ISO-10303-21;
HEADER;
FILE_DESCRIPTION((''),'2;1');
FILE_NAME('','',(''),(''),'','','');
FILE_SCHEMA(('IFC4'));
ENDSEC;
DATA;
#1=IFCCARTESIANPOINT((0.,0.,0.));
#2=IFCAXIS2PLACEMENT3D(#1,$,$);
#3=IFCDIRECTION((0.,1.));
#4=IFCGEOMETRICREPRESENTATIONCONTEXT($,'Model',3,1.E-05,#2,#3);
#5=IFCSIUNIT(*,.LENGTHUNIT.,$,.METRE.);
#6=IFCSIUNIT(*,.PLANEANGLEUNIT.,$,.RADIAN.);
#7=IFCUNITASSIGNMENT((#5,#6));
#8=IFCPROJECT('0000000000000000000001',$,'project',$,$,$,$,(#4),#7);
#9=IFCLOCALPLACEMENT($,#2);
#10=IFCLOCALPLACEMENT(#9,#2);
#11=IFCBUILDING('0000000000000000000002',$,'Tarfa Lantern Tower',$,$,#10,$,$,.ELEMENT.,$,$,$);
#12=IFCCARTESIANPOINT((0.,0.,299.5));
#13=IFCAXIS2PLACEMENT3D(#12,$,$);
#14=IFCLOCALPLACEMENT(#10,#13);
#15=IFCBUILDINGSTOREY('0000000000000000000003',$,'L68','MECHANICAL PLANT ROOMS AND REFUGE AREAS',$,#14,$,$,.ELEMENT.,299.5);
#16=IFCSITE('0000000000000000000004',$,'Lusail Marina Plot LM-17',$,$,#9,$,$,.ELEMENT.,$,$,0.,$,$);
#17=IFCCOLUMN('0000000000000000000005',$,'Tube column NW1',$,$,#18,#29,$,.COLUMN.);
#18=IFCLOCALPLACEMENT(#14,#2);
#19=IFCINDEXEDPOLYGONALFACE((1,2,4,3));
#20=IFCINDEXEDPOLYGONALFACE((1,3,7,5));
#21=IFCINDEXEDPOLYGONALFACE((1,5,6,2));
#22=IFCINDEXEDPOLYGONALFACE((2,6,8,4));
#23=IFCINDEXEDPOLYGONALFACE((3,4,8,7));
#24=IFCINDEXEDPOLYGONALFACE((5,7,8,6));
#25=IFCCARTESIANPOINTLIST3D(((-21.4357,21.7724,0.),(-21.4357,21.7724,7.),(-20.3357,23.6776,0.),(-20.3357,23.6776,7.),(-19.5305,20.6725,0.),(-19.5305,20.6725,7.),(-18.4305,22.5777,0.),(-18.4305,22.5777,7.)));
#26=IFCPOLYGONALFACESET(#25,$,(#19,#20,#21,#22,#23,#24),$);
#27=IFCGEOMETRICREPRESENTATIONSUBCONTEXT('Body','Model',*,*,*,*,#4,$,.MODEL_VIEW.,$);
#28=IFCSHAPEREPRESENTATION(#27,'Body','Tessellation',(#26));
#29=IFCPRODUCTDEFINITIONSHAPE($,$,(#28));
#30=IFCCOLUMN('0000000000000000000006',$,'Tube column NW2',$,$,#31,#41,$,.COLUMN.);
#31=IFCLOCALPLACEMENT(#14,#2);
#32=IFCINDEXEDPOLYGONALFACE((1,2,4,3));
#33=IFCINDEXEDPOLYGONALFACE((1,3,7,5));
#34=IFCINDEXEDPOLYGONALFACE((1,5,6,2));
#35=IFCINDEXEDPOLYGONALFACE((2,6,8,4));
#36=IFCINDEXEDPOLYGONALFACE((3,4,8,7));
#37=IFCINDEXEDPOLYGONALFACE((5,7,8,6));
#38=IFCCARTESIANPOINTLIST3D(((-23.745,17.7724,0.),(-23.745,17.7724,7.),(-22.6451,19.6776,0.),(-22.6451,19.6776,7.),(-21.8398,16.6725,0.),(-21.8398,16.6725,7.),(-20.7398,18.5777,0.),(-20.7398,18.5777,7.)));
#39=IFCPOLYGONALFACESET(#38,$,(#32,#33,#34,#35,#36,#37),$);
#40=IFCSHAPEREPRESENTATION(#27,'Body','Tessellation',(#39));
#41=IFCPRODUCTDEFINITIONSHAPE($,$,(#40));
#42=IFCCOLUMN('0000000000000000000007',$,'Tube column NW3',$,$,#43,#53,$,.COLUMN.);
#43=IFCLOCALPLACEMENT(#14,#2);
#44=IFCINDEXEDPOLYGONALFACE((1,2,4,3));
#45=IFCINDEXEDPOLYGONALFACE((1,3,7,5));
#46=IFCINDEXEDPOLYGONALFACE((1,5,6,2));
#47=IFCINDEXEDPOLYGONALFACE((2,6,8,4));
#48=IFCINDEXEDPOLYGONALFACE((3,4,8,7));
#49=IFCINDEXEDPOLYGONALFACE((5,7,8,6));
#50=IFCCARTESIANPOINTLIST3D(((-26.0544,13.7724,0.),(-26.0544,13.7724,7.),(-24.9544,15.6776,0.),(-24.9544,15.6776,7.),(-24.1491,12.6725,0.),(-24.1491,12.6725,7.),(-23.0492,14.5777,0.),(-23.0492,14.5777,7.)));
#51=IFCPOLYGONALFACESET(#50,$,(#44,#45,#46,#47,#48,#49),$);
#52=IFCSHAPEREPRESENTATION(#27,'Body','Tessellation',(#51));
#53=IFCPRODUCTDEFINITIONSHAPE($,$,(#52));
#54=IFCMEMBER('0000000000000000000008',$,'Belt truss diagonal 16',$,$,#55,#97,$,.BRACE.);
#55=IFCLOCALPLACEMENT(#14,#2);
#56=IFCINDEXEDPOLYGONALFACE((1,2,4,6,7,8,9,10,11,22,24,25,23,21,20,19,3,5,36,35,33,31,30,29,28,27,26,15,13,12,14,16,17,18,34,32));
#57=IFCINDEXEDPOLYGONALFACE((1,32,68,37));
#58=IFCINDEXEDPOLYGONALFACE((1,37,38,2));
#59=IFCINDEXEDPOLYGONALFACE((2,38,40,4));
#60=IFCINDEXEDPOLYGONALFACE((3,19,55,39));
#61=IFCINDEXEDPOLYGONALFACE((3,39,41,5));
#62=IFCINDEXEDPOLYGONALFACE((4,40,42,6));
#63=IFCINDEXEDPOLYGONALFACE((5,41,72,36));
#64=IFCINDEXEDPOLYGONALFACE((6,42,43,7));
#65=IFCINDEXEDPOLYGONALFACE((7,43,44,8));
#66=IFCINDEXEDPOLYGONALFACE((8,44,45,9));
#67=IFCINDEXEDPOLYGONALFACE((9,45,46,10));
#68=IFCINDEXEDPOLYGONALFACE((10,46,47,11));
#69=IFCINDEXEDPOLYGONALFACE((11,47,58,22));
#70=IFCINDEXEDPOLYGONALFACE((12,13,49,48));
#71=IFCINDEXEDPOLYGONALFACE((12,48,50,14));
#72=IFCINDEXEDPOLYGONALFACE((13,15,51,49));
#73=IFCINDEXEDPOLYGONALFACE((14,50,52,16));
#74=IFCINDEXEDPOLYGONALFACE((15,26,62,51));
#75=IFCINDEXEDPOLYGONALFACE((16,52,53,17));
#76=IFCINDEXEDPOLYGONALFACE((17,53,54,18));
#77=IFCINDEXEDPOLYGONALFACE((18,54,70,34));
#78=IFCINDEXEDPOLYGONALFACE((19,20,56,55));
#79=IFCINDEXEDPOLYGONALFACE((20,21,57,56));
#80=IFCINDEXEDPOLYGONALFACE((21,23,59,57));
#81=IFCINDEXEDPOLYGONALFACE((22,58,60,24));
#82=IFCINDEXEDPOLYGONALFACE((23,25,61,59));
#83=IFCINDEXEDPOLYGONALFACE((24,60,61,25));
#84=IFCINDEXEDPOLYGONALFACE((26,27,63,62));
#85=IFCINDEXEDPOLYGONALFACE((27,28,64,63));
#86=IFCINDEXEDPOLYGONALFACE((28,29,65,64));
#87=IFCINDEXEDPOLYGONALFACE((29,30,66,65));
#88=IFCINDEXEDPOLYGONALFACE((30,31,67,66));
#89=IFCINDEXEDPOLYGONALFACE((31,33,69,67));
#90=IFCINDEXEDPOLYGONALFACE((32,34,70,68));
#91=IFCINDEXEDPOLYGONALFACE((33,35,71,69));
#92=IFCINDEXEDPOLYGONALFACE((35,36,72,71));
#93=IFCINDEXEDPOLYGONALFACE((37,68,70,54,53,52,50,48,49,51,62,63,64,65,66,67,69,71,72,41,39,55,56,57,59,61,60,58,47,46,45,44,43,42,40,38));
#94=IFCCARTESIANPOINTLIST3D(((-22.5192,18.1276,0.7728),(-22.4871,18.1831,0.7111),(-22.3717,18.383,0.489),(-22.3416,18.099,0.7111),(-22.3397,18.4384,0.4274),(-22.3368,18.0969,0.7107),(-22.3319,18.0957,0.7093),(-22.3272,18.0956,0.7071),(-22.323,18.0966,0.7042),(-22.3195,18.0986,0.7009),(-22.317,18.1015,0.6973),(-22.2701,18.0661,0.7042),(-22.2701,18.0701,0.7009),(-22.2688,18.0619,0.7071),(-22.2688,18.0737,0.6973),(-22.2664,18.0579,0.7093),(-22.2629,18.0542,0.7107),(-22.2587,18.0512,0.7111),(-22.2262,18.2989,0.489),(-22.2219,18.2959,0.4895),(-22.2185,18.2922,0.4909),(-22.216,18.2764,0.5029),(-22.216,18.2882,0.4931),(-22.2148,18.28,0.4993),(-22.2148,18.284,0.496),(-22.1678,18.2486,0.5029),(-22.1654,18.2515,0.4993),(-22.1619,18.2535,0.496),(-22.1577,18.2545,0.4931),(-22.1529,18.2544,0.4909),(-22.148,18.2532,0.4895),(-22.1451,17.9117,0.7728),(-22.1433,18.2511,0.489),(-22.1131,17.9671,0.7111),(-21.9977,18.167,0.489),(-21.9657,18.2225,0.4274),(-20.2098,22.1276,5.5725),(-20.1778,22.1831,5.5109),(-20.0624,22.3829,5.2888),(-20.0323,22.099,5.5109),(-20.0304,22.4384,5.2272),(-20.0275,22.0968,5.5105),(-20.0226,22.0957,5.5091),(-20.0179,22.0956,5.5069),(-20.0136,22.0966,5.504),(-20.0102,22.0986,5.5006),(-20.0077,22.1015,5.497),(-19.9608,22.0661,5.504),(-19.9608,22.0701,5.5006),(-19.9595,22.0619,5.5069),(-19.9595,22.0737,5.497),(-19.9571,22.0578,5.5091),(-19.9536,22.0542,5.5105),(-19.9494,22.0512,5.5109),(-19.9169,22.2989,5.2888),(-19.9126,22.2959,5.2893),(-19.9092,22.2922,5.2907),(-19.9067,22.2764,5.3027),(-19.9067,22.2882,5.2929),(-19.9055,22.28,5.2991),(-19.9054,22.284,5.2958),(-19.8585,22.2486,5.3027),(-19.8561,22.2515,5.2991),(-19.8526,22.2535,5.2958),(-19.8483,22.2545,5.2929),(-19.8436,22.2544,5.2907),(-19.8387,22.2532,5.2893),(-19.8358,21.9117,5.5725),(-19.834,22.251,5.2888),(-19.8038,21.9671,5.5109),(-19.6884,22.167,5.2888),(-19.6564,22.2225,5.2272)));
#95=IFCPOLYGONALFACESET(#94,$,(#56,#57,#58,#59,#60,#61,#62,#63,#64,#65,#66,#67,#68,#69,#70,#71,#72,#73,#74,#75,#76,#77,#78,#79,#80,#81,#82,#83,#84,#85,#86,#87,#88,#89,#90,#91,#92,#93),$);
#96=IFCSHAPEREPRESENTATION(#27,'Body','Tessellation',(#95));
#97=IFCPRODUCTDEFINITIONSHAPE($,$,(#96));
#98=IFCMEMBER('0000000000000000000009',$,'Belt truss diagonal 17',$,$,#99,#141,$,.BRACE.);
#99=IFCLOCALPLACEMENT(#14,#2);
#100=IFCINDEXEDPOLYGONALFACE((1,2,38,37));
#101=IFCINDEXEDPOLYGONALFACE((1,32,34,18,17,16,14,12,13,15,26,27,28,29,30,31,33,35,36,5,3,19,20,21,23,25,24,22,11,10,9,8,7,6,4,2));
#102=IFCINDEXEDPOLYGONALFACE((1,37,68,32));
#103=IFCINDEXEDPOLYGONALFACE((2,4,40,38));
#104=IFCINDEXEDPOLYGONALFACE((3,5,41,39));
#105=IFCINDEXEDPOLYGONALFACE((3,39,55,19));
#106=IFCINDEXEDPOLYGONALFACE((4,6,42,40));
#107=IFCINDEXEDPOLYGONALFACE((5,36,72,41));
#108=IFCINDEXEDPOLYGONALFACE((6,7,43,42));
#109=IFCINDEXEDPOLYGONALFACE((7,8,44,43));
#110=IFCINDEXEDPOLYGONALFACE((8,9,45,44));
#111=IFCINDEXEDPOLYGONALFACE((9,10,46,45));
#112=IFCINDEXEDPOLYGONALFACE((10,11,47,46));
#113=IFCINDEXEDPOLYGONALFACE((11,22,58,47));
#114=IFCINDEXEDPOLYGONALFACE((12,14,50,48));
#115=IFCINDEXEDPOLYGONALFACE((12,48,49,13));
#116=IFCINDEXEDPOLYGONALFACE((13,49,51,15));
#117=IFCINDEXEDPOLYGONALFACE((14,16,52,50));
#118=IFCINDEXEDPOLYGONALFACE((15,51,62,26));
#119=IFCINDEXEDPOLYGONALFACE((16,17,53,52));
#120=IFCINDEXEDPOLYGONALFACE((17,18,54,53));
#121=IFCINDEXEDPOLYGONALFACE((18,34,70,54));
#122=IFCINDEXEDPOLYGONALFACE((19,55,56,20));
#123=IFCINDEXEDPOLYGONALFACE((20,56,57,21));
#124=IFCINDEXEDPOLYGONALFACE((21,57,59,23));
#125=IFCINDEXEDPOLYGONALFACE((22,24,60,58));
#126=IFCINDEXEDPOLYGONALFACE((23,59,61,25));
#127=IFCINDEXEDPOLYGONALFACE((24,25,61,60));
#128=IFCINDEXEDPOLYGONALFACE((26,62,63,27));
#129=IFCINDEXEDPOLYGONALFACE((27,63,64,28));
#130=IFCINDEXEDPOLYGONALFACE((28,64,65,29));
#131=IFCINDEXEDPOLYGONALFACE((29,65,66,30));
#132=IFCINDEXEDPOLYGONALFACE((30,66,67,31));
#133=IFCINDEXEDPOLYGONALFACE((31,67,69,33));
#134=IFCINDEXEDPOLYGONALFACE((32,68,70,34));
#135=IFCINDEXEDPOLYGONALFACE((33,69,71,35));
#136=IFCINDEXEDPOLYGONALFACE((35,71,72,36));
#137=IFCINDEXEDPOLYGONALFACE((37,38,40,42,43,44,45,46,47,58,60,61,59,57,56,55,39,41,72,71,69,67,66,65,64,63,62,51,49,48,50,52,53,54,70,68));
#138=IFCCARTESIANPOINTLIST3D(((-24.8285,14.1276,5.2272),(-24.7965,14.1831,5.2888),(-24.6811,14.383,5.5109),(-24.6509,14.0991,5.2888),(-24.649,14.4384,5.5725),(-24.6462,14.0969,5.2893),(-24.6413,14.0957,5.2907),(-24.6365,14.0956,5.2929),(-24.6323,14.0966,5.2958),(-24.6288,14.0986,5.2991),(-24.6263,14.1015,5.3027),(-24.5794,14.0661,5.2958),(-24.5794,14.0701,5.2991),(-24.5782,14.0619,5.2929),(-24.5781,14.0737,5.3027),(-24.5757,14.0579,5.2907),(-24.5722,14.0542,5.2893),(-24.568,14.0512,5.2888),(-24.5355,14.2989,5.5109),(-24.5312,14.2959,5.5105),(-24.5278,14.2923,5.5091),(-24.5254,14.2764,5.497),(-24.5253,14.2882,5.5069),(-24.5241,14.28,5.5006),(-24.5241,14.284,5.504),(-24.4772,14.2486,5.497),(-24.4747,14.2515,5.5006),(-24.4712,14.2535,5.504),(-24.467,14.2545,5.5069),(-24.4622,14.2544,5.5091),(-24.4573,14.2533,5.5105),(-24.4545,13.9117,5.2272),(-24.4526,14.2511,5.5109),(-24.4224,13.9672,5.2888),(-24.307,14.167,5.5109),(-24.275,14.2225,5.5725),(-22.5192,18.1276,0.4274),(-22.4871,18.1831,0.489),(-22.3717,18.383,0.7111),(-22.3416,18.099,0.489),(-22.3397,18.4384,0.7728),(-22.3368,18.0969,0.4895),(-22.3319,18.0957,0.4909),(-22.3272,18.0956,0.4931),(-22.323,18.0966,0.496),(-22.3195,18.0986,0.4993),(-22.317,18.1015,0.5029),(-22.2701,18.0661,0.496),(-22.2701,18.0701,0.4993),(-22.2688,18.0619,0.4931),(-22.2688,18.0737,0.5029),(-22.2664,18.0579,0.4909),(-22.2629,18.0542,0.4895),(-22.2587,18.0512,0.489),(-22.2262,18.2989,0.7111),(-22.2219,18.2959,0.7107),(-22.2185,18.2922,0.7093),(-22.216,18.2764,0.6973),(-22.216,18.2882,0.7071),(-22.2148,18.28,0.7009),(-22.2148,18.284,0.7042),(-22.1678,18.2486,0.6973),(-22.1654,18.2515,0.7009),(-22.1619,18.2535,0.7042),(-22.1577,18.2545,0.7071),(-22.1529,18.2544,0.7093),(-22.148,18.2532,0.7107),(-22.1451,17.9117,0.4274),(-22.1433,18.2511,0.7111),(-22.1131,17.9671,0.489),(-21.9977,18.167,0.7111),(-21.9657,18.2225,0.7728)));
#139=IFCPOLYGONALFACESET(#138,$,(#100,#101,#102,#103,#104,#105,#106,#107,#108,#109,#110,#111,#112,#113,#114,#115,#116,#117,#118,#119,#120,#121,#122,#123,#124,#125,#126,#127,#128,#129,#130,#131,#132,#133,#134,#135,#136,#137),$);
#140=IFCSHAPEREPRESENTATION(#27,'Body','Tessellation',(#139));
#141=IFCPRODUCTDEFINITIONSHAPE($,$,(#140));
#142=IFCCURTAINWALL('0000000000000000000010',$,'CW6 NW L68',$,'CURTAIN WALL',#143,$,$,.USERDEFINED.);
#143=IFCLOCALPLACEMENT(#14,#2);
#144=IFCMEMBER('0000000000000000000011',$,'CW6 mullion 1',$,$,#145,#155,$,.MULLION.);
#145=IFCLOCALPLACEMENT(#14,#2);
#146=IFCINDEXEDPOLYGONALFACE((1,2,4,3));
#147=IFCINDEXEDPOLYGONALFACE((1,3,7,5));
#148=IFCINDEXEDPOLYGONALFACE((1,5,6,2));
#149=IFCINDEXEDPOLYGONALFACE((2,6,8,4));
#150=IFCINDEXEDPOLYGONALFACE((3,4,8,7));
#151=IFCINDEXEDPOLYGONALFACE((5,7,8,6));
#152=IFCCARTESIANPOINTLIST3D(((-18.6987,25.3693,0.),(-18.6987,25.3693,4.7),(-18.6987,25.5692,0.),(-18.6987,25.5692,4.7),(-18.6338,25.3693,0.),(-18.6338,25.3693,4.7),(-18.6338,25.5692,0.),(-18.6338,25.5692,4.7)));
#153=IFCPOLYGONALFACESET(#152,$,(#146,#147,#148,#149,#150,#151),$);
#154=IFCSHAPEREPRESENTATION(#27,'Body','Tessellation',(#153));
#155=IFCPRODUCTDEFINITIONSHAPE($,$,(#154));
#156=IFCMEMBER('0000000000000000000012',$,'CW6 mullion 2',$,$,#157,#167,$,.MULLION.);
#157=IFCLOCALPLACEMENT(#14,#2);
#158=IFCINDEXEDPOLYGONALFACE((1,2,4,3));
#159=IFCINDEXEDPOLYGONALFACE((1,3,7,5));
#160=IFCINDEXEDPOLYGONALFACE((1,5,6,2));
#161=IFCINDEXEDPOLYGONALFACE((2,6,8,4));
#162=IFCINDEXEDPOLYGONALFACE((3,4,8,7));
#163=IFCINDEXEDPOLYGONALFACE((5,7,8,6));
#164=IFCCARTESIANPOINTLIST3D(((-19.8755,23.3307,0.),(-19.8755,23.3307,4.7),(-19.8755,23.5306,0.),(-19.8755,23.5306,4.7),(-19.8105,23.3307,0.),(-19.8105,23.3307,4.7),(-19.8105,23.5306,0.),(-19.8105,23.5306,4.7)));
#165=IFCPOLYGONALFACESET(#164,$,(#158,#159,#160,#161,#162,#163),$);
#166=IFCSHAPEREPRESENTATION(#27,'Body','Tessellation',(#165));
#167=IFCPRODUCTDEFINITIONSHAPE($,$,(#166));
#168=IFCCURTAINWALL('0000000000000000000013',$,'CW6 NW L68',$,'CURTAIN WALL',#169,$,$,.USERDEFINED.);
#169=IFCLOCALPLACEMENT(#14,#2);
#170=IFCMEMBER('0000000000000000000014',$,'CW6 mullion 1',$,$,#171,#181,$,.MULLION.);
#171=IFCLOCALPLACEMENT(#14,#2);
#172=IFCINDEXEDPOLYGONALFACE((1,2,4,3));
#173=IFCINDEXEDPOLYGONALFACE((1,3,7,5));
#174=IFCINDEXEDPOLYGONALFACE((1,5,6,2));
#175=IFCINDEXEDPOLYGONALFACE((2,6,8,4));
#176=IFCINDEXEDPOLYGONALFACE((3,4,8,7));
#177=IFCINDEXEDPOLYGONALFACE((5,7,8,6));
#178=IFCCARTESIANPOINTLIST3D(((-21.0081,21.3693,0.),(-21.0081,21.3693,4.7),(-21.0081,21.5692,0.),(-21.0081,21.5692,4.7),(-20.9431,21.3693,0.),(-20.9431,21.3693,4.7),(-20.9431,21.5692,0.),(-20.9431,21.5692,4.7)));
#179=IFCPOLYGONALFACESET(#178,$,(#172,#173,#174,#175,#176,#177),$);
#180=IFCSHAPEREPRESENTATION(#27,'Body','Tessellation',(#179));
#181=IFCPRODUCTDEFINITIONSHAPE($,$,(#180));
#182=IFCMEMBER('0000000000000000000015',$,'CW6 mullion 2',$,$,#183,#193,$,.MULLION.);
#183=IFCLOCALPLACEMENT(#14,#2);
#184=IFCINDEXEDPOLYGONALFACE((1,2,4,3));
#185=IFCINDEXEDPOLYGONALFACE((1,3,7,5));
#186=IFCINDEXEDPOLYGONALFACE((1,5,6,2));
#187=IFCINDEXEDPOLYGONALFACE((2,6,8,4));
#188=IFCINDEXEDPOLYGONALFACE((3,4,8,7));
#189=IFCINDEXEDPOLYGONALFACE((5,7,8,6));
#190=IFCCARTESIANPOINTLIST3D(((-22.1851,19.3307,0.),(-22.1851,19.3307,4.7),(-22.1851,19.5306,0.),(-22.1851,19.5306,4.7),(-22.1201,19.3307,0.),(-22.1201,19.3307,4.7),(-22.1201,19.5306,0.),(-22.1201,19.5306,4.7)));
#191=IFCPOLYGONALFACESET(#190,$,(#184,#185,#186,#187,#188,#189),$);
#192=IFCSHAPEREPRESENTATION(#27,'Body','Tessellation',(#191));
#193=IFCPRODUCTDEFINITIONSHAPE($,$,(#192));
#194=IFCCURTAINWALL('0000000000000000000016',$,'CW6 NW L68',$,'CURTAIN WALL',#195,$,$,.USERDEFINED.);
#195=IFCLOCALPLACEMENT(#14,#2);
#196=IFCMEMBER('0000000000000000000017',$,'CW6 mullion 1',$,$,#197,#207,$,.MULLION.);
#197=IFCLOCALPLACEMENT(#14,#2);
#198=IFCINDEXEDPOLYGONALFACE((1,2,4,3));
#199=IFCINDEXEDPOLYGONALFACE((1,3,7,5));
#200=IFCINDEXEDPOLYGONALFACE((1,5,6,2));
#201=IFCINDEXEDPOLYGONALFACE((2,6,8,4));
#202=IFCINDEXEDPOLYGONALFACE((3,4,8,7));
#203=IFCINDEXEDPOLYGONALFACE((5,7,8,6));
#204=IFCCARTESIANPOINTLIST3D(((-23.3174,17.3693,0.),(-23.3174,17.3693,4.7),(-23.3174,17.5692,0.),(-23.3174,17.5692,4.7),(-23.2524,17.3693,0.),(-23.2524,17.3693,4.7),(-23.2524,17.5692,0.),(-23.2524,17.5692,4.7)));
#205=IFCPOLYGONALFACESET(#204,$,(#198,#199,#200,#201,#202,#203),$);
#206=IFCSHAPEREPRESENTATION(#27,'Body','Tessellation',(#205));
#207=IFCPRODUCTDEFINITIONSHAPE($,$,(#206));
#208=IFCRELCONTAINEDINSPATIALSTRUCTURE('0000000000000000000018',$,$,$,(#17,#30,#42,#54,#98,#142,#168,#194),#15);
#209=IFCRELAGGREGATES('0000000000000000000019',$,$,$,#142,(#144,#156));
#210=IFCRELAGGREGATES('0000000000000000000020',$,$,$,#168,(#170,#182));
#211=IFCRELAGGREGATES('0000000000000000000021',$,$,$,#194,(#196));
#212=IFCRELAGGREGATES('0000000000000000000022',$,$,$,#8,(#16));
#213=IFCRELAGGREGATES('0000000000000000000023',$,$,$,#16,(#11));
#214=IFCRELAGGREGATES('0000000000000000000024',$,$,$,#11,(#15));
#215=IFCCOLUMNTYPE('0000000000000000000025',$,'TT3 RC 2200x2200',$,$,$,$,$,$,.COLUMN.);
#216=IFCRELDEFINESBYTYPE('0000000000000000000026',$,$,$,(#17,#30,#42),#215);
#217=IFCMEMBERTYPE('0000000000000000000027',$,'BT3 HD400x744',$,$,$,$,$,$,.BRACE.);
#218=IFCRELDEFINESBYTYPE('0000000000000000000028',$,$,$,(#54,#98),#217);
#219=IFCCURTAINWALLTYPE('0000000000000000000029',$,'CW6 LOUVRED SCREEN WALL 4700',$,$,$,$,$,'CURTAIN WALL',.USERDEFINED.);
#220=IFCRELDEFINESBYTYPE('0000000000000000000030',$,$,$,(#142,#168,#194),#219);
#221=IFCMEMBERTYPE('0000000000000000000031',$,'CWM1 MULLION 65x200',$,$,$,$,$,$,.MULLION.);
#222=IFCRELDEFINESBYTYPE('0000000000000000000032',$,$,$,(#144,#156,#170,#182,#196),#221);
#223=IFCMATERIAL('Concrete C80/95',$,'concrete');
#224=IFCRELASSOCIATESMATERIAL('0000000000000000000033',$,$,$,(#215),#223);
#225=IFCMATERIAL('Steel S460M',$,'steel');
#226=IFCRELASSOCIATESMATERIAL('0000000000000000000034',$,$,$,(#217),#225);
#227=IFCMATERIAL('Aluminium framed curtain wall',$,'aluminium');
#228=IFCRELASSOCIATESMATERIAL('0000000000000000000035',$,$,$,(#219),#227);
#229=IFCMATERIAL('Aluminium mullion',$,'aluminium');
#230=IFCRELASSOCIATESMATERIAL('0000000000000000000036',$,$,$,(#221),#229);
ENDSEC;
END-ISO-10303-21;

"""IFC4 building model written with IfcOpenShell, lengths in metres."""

from ifc_helpers import new_model, si_unit, direction, frame, origin, origin_2d, place, context, subcontext, project, spatial, rectangle, i_section, extrude, material, material_profile, profile_set, type_object, element, aggregate, save


model = new_model("IFC4")

# Units and contexts
model_context = context("Model", 3, precision=1e-05, world=origin(), true_north=direction((0.0, 1.0)))
body_context = subcontext(model_context, "Body", "Model", "MODEL_VIEW")
ifc_project = project(units=[si_unit("LENGTHUNIT", "METRE"), si_unit("PLANEANGLEUNIT", "RADIAN")], contexts=[model_context])

# Site, building, storey
site_placement = place(None, origin())
site = spatial("IfcSite", under=ifc_project, at=site_placement, Name="Lusail Marina Plot LM-17", CompositionType="ELEMENT", RefElevation=0.0)
building_placement = place(site_placement, origin())
building = spatial("IfcBuilding", under=site, at=building_placement, Name="Tarfa Lantern Tower", CompositionType="ELEMENT")
storey_placement = place(building_placement, frame((0.0, 0.0, 299.5)))
storey = spatial("IfcBuildingStorey", under=building, at=storey_placement, Name="L68", Description="MECHANICAL PLANT ROOMS AND REFUGE AREAS", CompositionType="ELEMENT", Elevation=299.5)

# Columns
ifc_material_1 = material(Name="Concrete C80/95", Category="concrete")
ifc_material_profile_1 = material_profile(ifc_material_1, rectangle(XDim=2.2, YDim=2.2, at=origin_2d()), Name="RC 2200x2200")
ifc_profile_set_1 = profile_set([ifc_material_profile_1], Name="Concrete C80/95")
column_type = type_object("IfcColumnType", Name="TT3 RC 2200x2200", PredefinedType="COLUMN", material=ifc_profile_set_1)
for number, where, z_axis, x_axis, name in (
    (1, (-19.9331, 22.175, 0.0), (0.0, 0.0, 1.0), (-0.5, -0.866025, 0.0), "Tube column NW1"),
    (2, (-22.2424, 18.175, 0.0), (0.0, 0.0, 1.0), (-0.5, -0.866025, 0.0), "Tube column NW2"),
    (3, (-24.5518, 14.175, 0.0), (0.0, 0.0, 1.0), (-0.5, -0.866025, 0.0), "Tube column NW3"),
):
    element("IfcColumn", number, at=place(storey_placement, frame(where, z_axis=z_axis, x_axis=x_axis)), inside=storey, type_object=column_type, Name=name, PredefinedType="COLUMN", context=body_context, shape_type="SweptSolid", body=[
        extrude(rectangle(XDim=2.2, YDim=2.2, at=origin_2d()), origin(), (0.0, 0.0, 1.0), 7.0),
    ])

# Members
ifc_material_2 = material(Name="Steel S460M", Category="steel")
ifc_material_profile_2 = material_profile(ifc_material_2, i_section(OverallWidth=0.4319, OverallDepth=0.498, WebThickness=0.0557, FlangeThickness=0.0889, FilletRadius=0.02, at=origin_2d()), Name="HD400x744")
ifc_profile_set_2 = profile_set([ifc_material_profile_2], Name="Steel S460M")
member_type_1 = type_object("IfcMemberType", Name="BT3 HD400x744", PredefinedType="BRACE", material=ifc_profile_set_2)
for number, where, z_axis, x_axis, name in (
    (4, (-22.2424, 18.175, 0.6001), (0.346685, 0.600496, 0.720565), (-0.866032, 0.499988, 0.0), "Belt truss diagonal 16"),
    (5, (-22.2424, 18.175, 0.6001), (-0.346685, -0.600496, 0.720565), (0.866032, -0.499988, 0.0), "Belt truss diagonal 17"),
):
    element("IfcMember", number, at=place(storey_placement, frame(where, z_axis=z_axis, x_axis=x_axis)), inside=storey, type_object=member_type_1, Name=name, PredefinedType="BRACE", context=body_context, shape_type="SweptSolid", body=[
        extrude(i_section(OverallWidth=0.4319, OverallDepth=0.498, WebThickness=0.0557, FlangeThickness=0.0889, FilletRadius=0.02, at=origin_2d()), origin(), (0.0, 0.0, 1.0), 6.6611),
    ])

# Curtain walls, members
ifc_material_3 = material(Name="Aluminium framed curtain wall", Category="aluminium")
curtain_wall_type = type_object("IfcCurtainWallType", Name="CW6 LOUVRED SCREEN WALL 4700", ElementType="CURTAIN WALL", PredefinedType="USERDEFINED", material=ifc_material_3)
curtain_wall_1_placement = place(storey_placement, origin())
curtain_wall_1 = element("IfcCurtainWall", 6, at=curtain_wall_1_placement, inside=storey, type_object=curtain_wall_type, Name="CW6 NW L68", ObjectType="CURTAIN WALL", PredefinedType="USERDEFINED")
ifc_material_4 = material(Name="Aluminium mullion", Category="aluminium")
ifc_material_profile_3 = material_profile(ifc_material_4, rectangle(XDim=0.0649, YDim=0.2, at=origin_2d()), Name="AL MULLION 65x200")
ifc_profile_set_3 = profile_set([ifc_material_profile_3], Name="Aluminium mullion")
member_type_2 = type_object("IfcMemberType", Name="CWM1 MULLION 65x200", PredefinedType="MULLION", material=ifc_profile_set_3)
member_1_placement = place(storey_placement, frame((-18.6663, 25.4692, 0.0), z_axis=(0.0, 0.0, 1.0), x_axis=(1.0, 0.0, 0.0)))
member_1 = element("IfcMember", 7, at=member_1_placement, type_object=member_type_2, Name="CW6 mullion 1", PredefinedType="MULLION", context=body_context, shape_type="SweptSolid", body=[
    extrude(rectangle(XDim=0.0649, YDim=0.2, at=origin_2d()), origin(), (0.0, 0.0, 1.0), 4.7),
])
member_2_placement = place(storey_placement, frame((-19.843, 23.4307, 0.0), z_axis=(0.0, 0.0, 1.0), x_axis=(1.0, 0.0, 0.0)))
member_2 = element("IfcMember", 8, at=member_2_placement, type_object=member_type_2, Name="CW6 mullion 2", PredefinedType="MULLION", context=body_context, shape_type="SweptSolid", body=[
    extrude(rectangle(XDim=0.0649, YDim=0.2, at=origin_2d()), origin(), (0.0, 0.0, 1.0), 4.7),
])
curtain_wall_2_placement = place(storey_placement, origin())
curtain_wall_2 = element("IfcCurtainWall", 9, at=curtain_wall_2_placement, inside=storey, type_object=curtain_wall_type, Name="CW6 NW L68", ObjectType="CURTAIN WALL", PredefinedType="USERDEFINED")
member_3_placement = place(storey_placement, frame((-20.9756, 21.4692, 0.0), z_axis=(0.0, 0.0, 1.0), x_axis=(1.0, 0.0, 0.0)))
member_3 = element("IfcMember", 10, at=member_3_placement, type_object=member_type_2, Name="CW6 mullion 1", PredefinedType="MULLION", context=body_context, shape_type="SweptSolid", body=[
    extrude(rectangle(XDim=0.0649, YDim=0.2, at=origin_2d()), origin(), (0.0, 0.0, 1.0), 4.7),
])
member_4_placement = place(storey_placement, frame((-22.1526, 19.4307, 0.0), z_axis=(0.0, 0.0, 1.0), x_axis=(1.0, 0.0, 0.0)))
member_4 = element("IfcMember", 11, at=member_4_placement, type_object=member_type_2, Name="CW6 mullion 2", PredefinedType="MULLION", context=body_context, shape_type="SweptSolid", body=[
    extrude(rectangle(XDim=0.0649, YDim=0.2, at=origin_2d()), origin(), (0.0, 0.0, 1.0), 4.7),
])
curtain_wall_3_placement = place(storey_placement, origin())
curtain_wall_3 = element("IfcCurtainWall", 12, at=curtain_wall_3_placement, inside=storey, type_object=curtain_wall_type, Name="CW6 NW L68", ObjectType="CURTAIN WALL", PredefinedType="USERDEFINED")
member_5_placement = place(storey_placement, frame((-23.2849, 17.4692, 0.0), z_axis=(0.0, 0.0, 1.0), x_axis=(1.0, 0.0, 0.0)))
member_5 = element("IfcMember", 13, at=member_5_placement, type_object=member_type_2, Name="CW6 mullion 1", PredefinedType="MULLION", context=body_context, shape_type="SweptSolid", body=[
    extrude(rectangle(XDim=0.0649, YDim=0.2, at=origin_2d()), origin(), (0.0, 0.0, 1.0), 4.7),
])

aggregate(curtain_wall_1, [member_1, member_2])
aggregate(curtain_wall_2, [member_3, member_4])
aggregate(curtain_wall_3, [member_5])

save(model, "model.ifc")
